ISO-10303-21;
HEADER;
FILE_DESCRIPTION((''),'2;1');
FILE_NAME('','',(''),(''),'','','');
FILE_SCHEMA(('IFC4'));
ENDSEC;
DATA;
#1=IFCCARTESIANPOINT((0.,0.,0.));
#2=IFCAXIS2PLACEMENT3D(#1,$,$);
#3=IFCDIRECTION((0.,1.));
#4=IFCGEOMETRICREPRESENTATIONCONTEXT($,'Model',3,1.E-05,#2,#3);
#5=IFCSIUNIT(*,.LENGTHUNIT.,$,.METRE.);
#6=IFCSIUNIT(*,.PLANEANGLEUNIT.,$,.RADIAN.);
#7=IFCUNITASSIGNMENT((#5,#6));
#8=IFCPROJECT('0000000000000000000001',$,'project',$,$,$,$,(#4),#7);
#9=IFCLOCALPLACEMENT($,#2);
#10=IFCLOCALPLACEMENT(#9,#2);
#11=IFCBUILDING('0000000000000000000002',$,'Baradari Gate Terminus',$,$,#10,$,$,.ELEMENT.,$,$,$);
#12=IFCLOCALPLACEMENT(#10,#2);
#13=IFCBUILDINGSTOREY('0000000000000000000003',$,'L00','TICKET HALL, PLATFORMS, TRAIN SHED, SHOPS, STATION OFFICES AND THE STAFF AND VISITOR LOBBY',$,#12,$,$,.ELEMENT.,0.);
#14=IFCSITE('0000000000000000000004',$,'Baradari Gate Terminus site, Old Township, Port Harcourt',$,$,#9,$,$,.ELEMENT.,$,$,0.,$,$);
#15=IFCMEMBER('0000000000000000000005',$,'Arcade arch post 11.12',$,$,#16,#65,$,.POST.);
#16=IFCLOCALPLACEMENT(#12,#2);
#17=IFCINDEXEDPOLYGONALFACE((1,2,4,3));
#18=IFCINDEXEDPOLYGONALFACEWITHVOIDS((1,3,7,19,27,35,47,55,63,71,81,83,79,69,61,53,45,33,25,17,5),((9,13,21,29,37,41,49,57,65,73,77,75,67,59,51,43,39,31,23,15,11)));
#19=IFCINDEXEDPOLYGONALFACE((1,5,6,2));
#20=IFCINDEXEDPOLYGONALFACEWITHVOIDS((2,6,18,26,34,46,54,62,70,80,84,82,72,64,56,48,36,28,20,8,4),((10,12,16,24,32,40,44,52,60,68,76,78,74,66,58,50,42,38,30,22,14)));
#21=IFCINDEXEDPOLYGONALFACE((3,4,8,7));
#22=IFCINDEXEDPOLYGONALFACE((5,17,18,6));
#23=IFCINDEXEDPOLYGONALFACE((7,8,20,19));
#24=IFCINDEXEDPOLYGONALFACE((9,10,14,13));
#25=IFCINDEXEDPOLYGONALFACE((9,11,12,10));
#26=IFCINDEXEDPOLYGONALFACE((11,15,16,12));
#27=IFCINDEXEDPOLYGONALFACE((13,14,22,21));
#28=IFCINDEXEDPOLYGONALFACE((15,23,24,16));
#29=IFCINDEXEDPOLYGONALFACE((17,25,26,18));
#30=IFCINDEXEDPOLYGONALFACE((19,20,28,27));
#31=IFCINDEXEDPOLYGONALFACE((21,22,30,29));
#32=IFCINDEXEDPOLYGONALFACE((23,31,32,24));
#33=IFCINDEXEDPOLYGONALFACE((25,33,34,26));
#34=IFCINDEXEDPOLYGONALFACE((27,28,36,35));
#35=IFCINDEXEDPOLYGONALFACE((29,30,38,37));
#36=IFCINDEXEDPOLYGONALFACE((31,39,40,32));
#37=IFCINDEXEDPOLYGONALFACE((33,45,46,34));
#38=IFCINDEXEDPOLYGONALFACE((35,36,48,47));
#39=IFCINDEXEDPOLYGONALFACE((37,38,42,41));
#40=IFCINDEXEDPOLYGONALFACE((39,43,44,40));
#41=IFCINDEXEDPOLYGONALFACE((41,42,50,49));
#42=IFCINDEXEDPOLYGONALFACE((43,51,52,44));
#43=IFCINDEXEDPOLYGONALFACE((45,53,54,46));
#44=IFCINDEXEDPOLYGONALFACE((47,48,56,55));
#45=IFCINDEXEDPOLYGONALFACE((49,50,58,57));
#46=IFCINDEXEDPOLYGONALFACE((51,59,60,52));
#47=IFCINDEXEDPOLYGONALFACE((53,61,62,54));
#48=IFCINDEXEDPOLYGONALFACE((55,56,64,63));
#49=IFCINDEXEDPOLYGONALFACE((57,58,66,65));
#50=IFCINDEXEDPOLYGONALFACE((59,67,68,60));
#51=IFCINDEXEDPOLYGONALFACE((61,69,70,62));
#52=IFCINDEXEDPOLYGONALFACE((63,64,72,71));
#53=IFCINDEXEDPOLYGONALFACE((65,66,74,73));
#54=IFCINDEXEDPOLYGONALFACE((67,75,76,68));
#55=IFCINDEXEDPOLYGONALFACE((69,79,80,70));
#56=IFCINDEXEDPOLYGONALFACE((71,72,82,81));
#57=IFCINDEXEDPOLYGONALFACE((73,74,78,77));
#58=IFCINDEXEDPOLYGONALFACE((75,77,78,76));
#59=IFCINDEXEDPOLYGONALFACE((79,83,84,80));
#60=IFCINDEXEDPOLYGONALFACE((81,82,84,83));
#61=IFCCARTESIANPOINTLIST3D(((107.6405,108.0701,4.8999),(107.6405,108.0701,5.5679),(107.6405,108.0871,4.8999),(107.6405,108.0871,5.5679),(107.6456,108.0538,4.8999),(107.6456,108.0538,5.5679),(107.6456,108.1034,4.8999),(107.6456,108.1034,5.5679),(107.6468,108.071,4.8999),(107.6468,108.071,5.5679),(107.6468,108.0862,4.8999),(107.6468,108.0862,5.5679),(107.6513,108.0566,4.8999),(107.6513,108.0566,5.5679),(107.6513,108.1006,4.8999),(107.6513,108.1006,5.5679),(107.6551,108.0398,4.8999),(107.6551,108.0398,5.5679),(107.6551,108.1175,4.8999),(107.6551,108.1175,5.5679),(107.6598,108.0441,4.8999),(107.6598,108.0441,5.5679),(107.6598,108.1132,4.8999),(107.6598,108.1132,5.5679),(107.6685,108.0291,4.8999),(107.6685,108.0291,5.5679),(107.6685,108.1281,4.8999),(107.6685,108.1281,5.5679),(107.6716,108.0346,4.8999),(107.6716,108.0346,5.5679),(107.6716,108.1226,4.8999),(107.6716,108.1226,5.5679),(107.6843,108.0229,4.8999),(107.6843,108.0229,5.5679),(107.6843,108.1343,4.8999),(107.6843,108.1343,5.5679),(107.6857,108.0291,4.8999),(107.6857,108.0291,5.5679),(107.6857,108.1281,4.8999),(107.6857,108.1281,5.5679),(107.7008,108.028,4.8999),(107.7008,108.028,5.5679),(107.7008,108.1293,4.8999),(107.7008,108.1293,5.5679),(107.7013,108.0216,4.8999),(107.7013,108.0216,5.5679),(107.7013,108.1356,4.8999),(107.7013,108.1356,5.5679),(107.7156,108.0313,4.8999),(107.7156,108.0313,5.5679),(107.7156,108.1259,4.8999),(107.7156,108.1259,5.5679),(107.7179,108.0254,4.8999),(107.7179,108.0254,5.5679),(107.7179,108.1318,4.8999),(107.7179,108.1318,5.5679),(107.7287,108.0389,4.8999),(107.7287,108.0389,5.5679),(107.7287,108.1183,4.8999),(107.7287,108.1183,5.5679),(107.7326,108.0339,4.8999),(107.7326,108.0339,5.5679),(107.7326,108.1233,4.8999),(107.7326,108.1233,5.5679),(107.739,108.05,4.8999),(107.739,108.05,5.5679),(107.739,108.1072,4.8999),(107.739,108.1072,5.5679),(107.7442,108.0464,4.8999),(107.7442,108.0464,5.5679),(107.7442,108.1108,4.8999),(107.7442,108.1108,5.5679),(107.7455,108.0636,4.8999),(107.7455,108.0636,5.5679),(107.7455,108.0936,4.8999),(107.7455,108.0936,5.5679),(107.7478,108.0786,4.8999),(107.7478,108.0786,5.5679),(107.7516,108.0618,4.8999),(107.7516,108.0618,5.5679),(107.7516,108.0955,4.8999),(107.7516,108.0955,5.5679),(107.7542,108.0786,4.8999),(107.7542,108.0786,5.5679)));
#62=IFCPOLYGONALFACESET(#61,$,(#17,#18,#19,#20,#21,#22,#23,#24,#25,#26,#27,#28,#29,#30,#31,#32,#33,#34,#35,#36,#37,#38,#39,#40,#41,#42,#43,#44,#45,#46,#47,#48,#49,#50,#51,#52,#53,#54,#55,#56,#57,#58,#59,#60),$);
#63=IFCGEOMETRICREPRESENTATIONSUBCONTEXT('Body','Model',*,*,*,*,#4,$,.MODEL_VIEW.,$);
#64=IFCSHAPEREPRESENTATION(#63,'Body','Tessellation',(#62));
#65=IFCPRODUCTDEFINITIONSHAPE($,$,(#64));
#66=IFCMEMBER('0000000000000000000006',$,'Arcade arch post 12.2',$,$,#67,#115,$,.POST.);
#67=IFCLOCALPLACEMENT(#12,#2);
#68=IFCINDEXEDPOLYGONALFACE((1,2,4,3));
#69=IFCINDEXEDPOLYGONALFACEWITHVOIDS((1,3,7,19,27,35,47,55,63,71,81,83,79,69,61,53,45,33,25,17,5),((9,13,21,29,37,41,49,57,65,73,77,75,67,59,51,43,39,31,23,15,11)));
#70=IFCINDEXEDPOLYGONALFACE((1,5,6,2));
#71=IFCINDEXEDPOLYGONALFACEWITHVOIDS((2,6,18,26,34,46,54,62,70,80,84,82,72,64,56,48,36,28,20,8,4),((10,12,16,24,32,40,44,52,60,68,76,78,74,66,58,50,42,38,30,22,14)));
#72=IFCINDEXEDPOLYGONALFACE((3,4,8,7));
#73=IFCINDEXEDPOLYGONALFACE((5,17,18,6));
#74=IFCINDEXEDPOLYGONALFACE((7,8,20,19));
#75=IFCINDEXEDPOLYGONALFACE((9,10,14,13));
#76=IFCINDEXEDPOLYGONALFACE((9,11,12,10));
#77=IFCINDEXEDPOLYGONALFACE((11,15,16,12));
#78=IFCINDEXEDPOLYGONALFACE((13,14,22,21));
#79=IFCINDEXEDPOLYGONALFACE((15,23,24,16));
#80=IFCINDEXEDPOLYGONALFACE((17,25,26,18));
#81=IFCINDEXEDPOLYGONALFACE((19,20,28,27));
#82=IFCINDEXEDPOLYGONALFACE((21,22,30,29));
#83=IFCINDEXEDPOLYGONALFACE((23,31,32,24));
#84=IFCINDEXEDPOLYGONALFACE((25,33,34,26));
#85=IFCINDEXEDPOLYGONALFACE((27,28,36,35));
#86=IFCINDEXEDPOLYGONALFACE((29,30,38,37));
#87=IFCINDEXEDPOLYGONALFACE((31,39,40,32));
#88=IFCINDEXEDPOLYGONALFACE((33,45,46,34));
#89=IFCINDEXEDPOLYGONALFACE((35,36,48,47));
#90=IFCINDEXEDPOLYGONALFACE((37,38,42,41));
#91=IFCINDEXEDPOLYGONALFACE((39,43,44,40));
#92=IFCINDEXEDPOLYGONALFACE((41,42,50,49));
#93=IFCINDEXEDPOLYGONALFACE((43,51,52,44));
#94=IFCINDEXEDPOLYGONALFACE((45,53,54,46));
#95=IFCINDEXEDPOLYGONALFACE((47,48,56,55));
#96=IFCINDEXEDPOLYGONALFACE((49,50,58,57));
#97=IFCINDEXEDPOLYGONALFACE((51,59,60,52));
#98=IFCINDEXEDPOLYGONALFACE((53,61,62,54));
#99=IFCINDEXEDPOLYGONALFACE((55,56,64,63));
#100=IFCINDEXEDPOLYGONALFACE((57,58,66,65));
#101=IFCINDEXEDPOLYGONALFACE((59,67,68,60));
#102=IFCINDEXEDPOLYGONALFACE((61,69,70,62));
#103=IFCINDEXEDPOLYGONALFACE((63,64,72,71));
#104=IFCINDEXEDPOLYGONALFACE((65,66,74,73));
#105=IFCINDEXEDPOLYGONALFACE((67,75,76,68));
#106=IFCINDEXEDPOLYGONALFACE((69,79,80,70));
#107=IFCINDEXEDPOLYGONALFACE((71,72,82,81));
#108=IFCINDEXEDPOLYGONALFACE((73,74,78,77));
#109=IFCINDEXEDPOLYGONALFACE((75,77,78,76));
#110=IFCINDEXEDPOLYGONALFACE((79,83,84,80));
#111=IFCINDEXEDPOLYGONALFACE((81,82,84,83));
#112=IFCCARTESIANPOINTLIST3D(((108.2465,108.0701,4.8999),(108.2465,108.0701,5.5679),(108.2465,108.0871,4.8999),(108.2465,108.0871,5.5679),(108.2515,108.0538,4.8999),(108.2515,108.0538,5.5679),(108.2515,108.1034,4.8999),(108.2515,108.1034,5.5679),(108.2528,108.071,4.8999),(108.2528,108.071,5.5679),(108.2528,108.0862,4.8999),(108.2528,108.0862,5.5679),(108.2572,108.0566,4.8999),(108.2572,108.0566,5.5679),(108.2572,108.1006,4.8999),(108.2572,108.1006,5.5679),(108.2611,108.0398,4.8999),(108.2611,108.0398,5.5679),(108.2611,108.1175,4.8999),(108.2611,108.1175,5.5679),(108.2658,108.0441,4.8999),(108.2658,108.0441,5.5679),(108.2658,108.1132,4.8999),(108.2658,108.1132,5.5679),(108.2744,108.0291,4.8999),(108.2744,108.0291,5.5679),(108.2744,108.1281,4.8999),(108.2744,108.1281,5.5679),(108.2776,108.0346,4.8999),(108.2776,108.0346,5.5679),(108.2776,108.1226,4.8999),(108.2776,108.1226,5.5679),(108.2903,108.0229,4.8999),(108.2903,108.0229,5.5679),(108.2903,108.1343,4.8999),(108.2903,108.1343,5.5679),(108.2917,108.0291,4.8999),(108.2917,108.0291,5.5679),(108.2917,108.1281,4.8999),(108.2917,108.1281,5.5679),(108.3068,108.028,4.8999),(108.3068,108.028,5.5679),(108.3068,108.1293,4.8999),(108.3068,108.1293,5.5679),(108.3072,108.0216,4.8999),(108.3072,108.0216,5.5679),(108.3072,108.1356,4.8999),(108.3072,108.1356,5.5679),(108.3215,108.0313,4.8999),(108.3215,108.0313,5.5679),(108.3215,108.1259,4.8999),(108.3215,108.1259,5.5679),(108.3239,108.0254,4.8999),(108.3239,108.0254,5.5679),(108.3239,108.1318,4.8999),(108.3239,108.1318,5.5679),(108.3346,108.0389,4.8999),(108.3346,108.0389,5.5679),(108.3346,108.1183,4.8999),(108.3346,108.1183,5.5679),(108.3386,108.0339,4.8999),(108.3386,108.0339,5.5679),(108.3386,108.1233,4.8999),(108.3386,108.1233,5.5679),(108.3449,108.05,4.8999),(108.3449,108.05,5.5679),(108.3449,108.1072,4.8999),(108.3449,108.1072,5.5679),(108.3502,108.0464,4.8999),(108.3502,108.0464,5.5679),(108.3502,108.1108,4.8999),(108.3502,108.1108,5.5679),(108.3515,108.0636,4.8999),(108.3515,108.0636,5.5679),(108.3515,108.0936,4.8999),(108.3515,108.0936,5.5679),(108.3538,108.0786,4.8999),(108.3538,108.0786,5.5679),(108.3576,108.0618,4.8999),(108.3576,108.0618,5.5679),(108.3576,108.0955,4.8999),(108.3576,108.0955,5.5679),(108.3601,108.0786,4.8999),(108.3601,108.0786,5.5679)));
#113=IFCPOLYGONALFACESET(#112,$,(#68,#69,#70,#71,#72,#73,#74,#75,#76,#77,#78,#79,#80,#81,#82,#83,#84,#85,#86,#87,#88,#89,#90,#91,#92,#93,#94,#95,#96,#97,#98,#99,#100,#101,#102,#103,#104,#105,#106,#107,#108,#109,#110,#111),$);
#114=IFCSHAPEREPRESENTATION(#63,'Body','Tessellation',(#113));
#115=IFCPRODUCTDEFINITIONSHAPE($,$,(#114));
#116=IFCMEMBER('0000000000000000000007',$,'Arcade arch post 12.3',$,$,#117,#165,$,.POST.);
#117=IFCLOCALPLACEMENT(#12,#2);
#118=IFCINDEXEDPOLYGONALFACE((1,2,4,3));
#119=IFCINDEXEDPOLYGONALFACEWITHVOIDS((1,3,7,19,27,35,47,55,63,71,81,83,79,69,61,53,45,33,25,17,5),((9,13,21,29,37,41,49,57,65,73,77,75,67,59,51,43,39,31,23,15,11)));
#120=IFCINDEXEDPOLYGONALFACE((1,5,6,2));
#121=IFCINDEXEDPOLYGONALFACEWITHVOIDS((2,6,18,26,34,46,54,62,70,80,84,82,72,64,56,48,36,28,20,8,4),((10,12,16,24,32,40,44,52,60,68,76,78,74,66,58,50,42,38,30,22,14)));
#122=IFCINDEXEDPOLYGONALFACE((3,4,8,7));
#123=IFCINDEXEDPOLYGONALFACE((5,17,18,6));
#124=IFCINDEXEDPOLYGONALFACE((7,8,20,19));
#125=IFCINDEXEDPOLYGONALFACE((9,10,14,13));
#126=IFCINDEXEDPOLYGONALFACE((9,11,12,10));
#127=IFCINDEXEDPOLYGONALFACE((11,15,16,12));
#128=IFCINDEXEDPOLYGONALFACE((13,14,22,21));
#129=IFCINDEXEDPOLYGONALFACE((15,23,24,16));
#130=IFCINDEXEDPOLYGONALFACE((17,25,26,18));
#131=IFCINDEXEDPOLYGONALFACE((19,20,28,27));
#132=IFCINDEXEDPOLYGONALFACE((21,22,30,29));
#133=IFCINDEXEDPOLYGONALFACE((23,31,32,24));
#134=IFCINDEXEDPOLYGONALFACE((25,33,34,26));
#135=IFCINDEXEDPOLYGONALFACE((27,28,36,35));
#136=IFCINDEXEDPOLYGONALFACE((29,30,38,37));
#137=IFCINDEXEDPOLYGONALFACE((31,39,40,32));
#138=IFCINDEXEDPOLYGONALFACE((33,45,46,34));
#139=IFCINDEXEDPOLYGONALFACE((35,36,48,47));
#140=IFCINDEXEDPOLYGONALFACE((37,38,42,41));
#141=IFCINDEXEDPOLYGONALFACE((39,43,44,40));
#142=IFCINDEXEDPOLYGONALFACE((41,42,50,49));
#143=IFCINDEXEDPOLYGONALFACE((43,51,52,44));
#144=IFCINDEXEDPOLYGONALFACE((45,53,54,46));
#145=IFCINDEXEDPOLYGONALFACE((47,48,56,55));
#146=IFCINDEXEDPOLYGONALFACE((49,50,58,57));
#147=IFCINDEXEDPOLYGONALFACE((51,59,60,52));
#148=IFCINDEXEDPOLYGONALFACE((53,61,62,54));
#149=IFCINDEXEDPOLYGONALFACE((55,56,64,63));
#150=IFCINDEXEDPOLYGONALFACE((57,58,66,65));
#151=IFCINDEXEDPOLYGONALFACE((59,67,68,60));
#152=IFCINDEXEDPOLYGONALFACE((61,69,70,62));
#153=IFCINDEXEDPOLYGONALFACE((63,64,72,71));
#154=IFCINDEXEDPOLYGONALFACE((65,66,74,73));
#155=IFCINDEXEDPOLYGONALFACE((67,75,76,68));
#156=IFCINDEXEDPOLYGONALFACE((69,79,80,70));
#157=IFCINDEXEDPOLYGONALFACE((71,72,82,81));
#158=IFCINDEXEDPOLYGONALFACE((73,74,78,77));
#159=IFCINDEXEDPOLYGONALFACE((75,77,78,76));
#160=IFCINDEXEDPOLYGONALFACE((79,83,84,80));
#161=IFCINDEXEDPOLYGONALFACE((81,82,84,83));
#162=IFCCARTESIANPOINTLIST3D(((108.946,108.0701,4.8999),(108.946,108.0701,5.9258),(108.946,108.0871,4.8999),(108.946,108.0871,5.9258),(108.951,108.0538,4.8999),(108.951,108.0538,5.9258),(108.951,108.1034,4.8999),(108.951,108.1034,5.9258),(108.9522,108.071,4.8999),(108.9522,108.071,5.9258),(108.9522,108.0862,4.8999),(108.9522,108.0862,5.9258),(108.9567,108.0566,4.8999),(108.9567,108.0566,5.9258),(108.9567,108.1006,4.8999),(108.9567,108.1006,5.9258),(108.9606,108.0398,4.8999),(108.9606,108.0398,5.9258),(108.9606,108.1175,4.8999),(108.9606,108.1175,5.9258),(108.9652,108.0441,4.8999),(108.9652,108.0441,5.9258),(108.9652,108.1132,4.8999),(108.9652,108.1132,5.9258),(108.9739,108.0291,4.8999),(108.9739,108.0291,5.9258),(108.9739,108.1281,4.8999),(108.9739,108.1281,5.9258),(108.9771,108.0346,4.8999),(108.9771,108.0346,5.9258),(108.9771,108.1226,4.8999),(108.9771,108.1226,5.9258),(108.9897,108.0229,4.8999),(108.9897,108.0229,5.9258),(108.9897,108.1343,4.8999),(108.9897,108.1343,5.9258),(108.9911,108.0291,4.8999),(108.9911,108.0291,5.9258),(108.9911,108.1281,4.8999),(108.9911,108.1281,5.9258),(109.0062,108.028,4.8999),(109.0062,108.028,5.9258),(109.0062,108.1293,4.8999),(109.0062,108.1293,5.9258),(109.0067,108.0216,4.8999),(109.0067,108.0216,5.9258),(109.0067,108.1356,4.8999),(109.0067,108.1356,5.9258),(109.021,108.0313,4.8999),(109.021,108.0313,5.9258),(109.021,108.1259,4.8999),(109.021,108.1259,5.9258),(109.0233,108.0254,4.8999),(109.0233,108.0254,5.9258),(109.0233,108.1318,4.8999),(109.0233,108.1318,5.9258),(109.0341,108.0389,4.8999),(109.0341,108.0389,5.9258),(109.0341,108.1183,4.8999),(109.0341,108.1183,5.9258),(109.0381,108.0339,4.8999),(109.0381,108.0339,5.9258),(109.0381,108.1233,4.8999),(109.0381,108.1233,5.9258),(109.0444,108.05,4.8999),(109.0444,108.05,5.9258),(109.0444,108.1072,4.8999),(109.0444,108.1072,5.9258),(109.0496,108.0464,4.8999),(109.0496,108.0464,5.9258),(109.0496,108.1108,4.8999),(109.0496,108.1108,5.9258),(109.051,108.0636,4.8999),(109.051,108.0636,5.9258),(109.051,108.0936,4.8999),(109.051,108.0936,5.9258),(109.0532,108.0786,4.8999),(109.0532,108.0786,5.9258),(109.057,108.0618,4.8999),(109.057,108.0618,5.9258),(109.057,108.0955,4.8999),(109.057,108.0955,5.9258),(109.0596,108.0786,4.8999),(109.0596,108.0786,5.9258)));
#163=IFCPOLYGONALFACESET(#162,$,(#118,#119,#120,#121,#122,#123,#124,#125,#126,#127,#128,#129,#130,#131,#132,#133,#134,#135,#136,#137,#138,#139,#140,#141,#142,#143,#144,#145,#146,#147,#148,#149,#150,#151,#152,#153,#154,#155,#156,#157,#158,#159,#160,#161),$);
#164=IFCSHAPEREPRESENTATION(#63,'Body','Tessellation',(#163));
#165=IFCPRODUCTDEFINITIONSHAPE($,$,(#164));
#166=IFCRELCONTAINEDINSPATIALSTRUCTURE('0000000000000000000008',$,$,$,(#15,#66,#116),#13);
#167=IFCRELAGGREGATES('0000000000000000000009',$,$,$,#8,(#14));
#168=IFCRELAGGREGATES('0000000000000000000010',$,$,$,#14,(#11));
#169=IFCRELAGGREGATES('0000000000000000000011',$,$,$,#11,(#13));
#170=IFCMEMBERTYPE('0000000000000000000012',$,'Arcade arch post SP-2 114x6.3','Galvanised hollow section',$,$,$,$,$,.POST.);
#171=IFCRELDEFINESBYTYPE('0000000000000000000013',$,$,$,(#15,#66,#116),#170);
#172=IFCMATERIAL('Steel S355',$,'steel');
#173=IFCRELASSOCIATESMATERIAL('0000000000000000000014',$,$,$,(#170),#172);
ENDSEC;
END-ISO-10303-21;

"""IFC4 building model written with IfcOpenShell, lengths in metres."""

from ifc_helpers import new_model, si_unit, direction, frame, origin, origin_2d, place, context, subcontext, project, spatial, hollow_circle, extrude, material, material_profile, profile_set, type_object, element, save


model = new_model("IFC4")

# Units and contexts
model_context = context("Model", 3, precision=1e-05, world=origin(), true_north=direction((0.0, 1.0)))
body_context = subcontext(model_context, "Body", "Model", "MODEL_VIEW")
ifc_project = project(units=[si_unit("LENGTHUNIT", "METRE"), si_unit("PLANEANGLEUNIT", "RADIAN")], contexts=[model_context])

# Site, building, storey
site_placement = place(None, origin())
site = spatial("IfcSite", under=ifc_project, at=site_placement, Name="Baradari Gate Terminus site, Old Township, Port Harcourt", CompositionType="ELEMENT", RefElevation=0.0)
building_placement = place(site_placement, origin())
building = spatial("IfcBuilding", under=site, at=building_placement, Name="Baradari Gate Terminus", CompositionType="ELEMENT")
storey_placement = place(building_placement, origin())
storey = spatial("IfcBuildingStorey", under=building, at=storey_placement, Name="L00", Description="TICKET HALL, PLATFORMS, TRAIN SHED, SHOPS, STATION OFFICES AND THE STAFF AND VISITOR LOBBY", CompositionType="ELEMENT", Elevation=0.0)

# Members
ifc_material_1 = material(Name="Steel S355", Category="steel")
ifc_material_profile_1 = material_profile(ifc_material_1, hollow_circle(Radius=0.0571, WallThickness=0.0063, at=origin_2d()), Name="CHS 114.3x6.3")
ifc_profile_set_1 = profile_set([ifc_material_profile_1], Name="Steel S355")
member_type = type_object("IfcMemberType", Name="Arcade arch post SP-2 114x6.3", Description="Galvanised hollow section", PredefinedType="POST", material=ifc_profile_set_1)
for number, where, z_axis, x_axis, name in (
    (1, (107.697, 108.0786, 4.8999), (0.0, 0.0, 1.0), (1.0, 0.0, 0.0), "Arcade arch post 11.12"),
    (2, (108.303, 108.0786, 4.8999), (0.0, 0.0, 1.0), (1.0, 0.0, 0.0), "Arcade arch post 12.2"),
):
    element("IfcMember", number, at=place(storey_placement, frame(where, z_axis=z_axis, x_axis=x_axis)), inside=storey, type_object=member_type, Name=name, PredefinedType="POST", context=body_context, shape_type="SweptSolid", body=[
        extrude(hollow_circle(Radius=0.0571, WallThickness=0.0063, at=origin_2d()), origin(), (0.0, 0.0, 1.0), 0.668),
    ])
member_1_placement = place(storey_placement, frame((109.0024, 108.0786, 4.8999), z_axis=(0.0, 0.0, 1.0), x_axis=(1.0, 0.0, 0.0)))
element("IfcMember", 3, at=member_1_placement, inside=storey, type_object=member_type, Name="Arcade arch post 12.3", PredefinedType="POST", context=body_context, shape_type="SweptSolid", body=[
    extrude(hollow_circle(Radius=0.0571, WallThickness=0.0063, at=origin_2d()), origin(), (0.0, 0.0, 1.0), 1.0259),
])

save(model, "model.ifc")
